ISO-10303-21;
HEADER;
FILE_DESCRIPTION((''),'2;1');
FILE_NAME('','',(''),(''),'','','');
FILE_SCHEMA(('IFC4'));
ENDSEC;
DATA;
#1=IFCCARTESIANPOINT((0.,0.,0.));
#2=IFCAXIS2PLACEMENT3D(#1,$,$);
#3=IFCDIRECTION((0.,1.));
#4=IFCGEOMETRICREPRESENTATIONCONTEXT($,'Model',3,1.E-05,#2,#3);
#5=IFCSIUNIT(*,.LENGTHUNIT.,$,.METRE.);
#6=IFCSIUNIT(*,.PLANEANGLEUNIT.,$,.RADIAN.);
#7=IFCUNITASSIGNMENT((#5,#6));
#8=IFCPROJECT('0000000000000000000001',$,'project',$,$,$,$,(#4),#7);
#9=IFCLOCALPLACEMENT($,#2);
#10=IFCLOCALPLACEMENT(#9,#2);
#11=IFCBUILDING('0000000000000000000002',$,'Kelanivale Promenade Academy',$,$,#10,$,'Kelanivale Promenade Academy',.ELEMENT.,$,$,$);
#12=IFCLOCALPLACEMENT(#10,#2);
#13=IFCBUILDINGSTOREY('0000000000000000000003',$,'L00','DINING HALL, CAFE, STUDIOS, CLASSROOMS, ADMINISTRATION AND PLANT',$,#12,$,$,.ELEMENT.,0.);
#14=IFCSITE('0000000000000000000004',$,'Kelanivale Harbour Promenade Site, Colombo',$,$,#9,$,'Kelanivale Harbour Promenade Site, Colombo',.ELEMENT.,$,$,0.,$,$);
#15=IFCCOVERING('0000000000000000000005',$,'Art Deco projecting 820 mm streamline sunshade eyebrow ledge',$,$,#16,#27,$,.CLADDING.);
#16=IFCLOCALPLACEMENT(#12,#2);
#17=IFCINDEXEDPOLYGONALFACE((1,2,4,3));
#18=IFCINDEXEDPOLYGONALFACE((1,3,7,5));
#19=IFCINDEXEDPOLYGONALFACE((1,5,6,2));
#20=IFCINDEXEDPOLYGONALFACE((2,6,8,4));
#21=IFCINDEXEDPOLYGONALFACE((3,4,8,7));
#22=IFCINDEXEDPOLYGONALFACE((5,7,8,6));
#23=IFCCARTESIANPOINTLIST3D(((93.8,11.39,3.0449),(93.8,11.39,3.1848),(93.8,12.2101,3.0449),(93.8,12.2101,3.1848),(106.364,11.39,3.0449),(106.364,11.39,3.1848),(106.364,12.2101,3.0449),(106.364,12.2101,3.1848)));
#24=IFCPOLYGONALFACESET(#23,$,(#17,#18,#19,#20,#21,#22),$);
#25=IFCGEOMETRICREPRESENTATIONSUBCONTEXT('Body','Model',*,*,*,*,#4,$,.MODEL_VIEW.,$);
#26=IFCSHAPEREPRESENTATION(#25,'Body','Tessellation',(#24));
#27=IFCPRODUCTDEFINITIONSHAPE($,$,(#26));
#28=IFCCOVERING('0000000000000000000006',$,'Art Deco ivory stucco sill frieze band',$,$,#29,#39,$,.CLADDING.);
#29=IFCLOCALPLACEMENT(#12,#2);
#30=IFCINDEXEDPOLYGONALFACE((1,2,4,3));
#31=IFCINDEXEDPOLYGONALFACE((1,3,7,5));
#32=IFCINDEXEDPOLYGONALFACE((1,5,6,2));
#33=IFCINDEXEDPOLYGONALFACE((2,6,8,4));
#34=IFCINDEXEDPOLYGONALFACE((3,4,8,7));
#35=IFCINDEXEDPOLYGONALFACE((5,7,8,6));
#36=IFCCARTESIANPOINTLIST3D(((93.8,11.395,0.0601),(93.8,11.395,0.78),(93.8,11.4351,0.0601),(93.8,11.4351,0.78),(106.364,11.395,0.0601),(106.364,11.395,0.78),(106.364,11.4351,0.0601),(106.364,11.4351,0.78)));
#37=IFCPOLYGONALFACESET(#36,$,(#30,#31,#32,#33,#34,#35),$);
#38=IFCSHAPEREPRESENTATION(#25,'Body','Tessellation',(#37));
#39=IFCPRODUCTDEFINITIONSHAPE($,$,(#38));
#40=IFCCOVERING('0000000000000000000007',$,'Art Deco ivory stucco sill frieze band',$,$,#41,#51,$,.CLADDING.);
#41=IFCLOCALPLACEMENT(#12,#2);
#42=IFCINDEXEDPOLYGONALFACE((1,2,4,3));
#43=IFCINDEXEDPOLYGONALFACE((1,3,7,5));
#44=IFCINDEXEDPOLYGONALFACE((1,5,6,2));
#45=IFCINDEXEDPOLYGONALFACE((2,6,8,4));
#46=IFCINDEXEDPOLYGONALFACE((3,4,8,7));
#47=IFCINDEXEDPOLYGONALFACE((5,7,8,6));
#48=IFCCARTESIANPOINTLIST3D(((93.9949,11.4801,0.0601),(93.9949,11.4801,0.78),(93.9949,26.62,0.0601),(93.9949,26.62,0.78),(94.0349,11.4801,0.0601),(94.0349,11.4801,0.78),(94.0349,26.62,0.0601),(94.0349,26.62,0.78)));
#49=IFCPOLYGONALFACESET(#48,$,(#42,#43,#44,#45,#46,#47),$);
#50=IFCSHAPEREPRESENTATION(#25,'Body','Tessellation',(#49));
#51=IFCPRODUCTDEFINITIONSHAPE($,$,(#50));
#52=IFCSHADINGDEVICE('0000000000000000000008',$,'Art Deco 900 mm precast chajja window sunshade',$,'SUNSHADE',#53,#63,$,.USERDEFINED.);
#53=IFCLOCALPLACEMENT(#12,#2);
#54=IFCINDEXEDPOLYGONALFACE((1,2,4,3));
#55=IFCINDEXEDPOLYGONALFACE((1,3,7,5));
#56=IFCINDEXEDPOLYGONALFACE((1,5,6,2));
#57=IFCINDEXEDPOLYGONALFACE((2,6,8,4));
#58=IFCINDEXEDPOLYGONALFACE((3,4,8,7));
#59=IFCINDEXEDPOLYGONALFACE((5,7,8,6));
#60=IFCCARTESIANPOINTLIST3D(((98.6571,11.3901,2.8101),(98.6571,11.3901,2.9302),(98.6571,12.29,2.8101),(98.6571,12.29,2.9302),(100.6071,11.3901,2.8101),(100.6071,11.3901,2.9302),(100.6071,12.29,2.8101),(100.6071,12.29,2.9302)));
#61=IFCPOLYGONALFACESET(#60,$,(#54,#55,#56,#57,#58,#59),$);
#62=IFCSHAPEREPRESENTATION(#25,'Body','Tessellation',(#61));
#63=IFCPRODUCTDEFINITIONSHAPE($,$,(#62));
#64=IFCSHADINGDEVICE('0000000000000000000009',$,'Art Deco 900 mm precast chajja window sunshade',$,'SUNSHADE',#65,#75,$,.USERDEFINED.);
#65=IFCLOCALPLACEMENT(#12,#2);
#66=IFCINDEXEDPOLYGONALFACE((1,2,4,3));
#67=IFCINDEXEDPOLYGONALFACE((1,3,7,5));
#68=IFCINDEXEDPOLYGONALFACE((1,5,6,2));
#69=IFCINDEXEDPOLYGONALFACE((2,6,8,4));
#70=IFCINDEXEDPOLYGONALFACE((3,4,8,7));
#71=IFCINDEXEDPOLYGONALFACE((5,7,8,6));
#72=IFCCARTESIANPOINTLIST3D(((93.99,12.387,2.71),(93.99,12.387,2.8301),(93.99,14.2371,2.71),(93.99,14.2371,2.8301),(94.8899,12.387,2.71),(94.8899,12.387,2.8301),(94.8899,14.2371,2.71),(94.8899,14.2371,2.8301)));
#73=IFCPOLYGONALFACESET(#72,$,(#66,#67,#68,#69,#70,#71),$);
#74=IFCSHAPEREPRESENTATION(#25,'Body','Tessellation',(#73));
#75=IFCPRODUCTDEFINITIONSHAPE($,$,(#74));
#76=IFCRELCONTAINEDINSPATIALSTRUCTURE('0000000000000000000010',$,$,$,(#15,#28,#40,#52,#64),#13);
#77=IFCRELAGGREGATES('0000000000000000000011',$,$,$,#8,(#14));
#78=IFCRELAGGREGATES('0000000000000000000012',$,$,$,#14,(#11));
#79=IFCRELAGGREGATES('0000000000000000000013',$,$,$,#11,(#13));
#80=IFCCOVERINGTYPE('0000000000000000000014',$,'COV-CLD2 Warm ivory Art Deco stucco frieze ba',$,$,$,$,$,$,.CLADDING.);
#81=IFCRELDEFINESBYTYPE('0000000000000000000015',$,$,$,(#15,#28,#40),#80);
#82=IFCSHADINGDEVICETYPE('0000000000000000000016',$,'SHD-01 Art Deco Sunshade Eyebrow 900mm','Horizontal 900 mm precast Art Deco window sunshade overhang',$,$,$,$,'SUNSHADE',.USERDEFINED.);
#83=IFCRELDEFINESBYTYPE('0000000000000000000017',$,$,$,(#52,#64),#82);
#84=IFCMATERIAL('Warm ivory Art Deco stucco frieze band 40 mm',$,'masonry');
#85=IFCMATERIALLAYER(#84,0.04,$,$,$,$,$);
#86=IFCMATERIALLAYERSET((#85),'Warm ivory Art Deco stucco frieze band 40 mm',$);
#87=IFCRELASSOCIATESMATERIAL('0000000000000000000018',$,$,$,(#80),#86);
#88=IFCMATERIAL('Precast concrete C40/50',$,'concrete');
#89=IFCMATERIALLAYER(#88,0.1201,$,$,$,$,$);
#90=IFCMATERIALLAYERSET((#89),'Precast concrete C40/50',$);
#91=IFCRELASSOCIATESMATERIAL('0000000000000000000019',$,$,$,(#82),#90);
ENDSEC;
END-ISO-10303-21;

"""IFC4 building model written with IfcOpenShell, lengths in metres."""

from ifc_helpers import new_model, si_unit, direction, frame, origin, origin_2d, place, context, subcontext, project, spatial, rectangle, extrude, material, layer, layer_set, type_object, element, save


model = new_model("IFC4")

# Units and contexts
model_context = context("Model", 3, precision=1e-05, world=origin(), true_north=direction((0.0, 1.0)))
body_context = subcontext(model_context, "Body", "Model", "MODEL_VIEW")
ifc_project = project(units=[si_unit("LENGTHUNIT", "METRE"), si_unit("PLANEANGLEUNIT", "RADIAN")], contexts=[model_context])

# Site, building, storey
site_placement = place(None, origin())
site = spatial("IfcSite", under=ifc_project, at=site_placement, Name="Kelanivale Harbour Promenade Site, Colombo", LongName="Kelanivale Harbour Promenade Site, Colombo", CompositionType="ELEMENT", RefElevation=0.0)
building_placement = place(site_placement, origin())
building = spatial("IfcBuilding", under=site, at=building_placement, Name="Kelanivale Promenade Academy", LongName="Kelanivale Promenade Academy", CompositionType="ELEMENT")
storey_placement = place(building_placement, origin())
storey = spatial("IfcBuildingStorey", under=building, at=storey_placement, Name="L00", Description="DINING HALL, CAFE, STUDIOS, CLASSROOMS, ADMINISTRATION AND PLANT", CompositionType="ELEMENT", Elevation=0.0)

# Coverings
ifc_material_1 = material(Name="Warm ivory Art Deco stucco frieze band 40 mm", Category="masonry")
ifc_layer_1 = layer(ifc_material_1, 0.04)
ifc_layer_set_1 = layer_set([ifc_layer_1], Name="Warm ivory Art Deco stucco frieze band 40 mm")
covering_type = type_object("IfcCoveringType", Name="COV-CLD2 Warm ivory Art Deco stucco frieze ba", PredefinedType="CLADDING", material=ifc_layer_set_1)
covering_1_placement = place(storey_placement, frame((100.082, 11.8, 3.0449), z_axis=(0.0, 0.0, 1.0), x_axis=(-1.0, 0.0, 0.0)))
element("IfcCovering", 1, at=covering_1_placement, inside=storey, type_object=covering_type, Name="Art Deco projecting 820 mm streamline sunshade eyebrow ledge", PredefinedType="CLADDING", context=body_context, shape_type="SweptSolid", body=[
    extrude(rectangle(XDim=12.564, YDim=0.8201, at=origin_2d()), origin(), (0.0, 0.0, 1.0), 0.1399),
])
covering_2_placement = place(storey_placement, frame((100.082, 11.415, 0.0601), z_axis=(0.0, 0.0, 1.0), x_axis=(-1.0, 0.0, 0.0)))
element("IfcCovering", 2, at=covering_2_placement, inside=storey, type_object=covering_type, Name="Art Deco ivory stucco sill frieze band", PredefinedType="CLADDING", context=body_context, shape_type="SweptSolid", body=[
    extrude(rectangle(XDim=12.564, YDim=0.04, at=origin_2d()), origin(), (0.0, 0.0, 1.0), 0.72),
])
covering_3_placement = place(storey_placement, frame((94.0149, 19.05, 0.0601), z_axis=(0.0, 0.0, 1.0), x_axis=(0.0, 1.0, 0.0)))
element("IfcCovering", 3, at=covering_3_placement, inside=storey, type_object=covering_type, Name="Art Deco ivory stucco sill frieze band", PredefinedType="CLADDING", context=body_context, shape_type="SweptSolid", body=[
    extrude(rectangle(XDim=15.1399, YDim=0.04, at=origin_2d()), origin(), (0.0, 0.0, 1.0), 0.72),
])

# Shading devices
ifc_material_2 = material(Name="Precast concrete C40/50", Category="concrete")
ifc_layer_2 = layer(ifc_material_2, 0.1201)
ifc_layer_set_2 = layer_set([ifc_layer_2], Name="Precast concrete C40/50")
shading_device_type = type_object("IfcShadingDeviceType", Name="SHD-01 Art Deco Sunshade Eyebrow 900mm", Description="Horizontal 900 mm precast Art Deco window sunshade overhang", ElementType="SUNSHADE", PredefinedType="USERDEFINED", material=ifc_layer_set_2)
shading_device_1_placement = place(storey_placement, frame((99.6321, 11.8401, 2.8101), z_axis=(0.0, 0.0, 1.0), x_axis=(-1.0, 0.0, 0.0)))
element("IfcShadingDevice", 4, at=shading_device_1_placement, inside=storey, type_object=shading_device_type, Name="Art Deco 900 mm precast chajja window sunshade", ObjectType="SUNSHADE", PredefinedType="USERDEFINED", context=body_context, shape_type="SweptSolid", body=[
    extrude(rectangle(XDim=1.95, YDim=0.8999, at=origin_2d()), origin(), (0.0, 0.0, 1.0), 0.1201),
])
shading_device_2_placement = place(storey_placement, frame((94.4399, 13.312, 2.71), z_axis=(0.0, 0.0, 1.0), x_axis=(0.0, 1.0, 0.0)))
element("IfcShadingDevice", 5, at=shading_device_2_placement, inside=storey, type_object=shading_device_type, Name="Art Deco 900 mm precast chajja window sunshade", ObjectType="SUNSHADE", PredefinedType="USERDEFINED", context=body_context, shape_type="SweptSolid", body=[
    extrude(rectangle(XDim=1.8501, YDim=0.8999, at=origin_2d()), origin(), (0.0, 0.0, 1.0), 0.1201),
])

save(model, "model.ifc")
